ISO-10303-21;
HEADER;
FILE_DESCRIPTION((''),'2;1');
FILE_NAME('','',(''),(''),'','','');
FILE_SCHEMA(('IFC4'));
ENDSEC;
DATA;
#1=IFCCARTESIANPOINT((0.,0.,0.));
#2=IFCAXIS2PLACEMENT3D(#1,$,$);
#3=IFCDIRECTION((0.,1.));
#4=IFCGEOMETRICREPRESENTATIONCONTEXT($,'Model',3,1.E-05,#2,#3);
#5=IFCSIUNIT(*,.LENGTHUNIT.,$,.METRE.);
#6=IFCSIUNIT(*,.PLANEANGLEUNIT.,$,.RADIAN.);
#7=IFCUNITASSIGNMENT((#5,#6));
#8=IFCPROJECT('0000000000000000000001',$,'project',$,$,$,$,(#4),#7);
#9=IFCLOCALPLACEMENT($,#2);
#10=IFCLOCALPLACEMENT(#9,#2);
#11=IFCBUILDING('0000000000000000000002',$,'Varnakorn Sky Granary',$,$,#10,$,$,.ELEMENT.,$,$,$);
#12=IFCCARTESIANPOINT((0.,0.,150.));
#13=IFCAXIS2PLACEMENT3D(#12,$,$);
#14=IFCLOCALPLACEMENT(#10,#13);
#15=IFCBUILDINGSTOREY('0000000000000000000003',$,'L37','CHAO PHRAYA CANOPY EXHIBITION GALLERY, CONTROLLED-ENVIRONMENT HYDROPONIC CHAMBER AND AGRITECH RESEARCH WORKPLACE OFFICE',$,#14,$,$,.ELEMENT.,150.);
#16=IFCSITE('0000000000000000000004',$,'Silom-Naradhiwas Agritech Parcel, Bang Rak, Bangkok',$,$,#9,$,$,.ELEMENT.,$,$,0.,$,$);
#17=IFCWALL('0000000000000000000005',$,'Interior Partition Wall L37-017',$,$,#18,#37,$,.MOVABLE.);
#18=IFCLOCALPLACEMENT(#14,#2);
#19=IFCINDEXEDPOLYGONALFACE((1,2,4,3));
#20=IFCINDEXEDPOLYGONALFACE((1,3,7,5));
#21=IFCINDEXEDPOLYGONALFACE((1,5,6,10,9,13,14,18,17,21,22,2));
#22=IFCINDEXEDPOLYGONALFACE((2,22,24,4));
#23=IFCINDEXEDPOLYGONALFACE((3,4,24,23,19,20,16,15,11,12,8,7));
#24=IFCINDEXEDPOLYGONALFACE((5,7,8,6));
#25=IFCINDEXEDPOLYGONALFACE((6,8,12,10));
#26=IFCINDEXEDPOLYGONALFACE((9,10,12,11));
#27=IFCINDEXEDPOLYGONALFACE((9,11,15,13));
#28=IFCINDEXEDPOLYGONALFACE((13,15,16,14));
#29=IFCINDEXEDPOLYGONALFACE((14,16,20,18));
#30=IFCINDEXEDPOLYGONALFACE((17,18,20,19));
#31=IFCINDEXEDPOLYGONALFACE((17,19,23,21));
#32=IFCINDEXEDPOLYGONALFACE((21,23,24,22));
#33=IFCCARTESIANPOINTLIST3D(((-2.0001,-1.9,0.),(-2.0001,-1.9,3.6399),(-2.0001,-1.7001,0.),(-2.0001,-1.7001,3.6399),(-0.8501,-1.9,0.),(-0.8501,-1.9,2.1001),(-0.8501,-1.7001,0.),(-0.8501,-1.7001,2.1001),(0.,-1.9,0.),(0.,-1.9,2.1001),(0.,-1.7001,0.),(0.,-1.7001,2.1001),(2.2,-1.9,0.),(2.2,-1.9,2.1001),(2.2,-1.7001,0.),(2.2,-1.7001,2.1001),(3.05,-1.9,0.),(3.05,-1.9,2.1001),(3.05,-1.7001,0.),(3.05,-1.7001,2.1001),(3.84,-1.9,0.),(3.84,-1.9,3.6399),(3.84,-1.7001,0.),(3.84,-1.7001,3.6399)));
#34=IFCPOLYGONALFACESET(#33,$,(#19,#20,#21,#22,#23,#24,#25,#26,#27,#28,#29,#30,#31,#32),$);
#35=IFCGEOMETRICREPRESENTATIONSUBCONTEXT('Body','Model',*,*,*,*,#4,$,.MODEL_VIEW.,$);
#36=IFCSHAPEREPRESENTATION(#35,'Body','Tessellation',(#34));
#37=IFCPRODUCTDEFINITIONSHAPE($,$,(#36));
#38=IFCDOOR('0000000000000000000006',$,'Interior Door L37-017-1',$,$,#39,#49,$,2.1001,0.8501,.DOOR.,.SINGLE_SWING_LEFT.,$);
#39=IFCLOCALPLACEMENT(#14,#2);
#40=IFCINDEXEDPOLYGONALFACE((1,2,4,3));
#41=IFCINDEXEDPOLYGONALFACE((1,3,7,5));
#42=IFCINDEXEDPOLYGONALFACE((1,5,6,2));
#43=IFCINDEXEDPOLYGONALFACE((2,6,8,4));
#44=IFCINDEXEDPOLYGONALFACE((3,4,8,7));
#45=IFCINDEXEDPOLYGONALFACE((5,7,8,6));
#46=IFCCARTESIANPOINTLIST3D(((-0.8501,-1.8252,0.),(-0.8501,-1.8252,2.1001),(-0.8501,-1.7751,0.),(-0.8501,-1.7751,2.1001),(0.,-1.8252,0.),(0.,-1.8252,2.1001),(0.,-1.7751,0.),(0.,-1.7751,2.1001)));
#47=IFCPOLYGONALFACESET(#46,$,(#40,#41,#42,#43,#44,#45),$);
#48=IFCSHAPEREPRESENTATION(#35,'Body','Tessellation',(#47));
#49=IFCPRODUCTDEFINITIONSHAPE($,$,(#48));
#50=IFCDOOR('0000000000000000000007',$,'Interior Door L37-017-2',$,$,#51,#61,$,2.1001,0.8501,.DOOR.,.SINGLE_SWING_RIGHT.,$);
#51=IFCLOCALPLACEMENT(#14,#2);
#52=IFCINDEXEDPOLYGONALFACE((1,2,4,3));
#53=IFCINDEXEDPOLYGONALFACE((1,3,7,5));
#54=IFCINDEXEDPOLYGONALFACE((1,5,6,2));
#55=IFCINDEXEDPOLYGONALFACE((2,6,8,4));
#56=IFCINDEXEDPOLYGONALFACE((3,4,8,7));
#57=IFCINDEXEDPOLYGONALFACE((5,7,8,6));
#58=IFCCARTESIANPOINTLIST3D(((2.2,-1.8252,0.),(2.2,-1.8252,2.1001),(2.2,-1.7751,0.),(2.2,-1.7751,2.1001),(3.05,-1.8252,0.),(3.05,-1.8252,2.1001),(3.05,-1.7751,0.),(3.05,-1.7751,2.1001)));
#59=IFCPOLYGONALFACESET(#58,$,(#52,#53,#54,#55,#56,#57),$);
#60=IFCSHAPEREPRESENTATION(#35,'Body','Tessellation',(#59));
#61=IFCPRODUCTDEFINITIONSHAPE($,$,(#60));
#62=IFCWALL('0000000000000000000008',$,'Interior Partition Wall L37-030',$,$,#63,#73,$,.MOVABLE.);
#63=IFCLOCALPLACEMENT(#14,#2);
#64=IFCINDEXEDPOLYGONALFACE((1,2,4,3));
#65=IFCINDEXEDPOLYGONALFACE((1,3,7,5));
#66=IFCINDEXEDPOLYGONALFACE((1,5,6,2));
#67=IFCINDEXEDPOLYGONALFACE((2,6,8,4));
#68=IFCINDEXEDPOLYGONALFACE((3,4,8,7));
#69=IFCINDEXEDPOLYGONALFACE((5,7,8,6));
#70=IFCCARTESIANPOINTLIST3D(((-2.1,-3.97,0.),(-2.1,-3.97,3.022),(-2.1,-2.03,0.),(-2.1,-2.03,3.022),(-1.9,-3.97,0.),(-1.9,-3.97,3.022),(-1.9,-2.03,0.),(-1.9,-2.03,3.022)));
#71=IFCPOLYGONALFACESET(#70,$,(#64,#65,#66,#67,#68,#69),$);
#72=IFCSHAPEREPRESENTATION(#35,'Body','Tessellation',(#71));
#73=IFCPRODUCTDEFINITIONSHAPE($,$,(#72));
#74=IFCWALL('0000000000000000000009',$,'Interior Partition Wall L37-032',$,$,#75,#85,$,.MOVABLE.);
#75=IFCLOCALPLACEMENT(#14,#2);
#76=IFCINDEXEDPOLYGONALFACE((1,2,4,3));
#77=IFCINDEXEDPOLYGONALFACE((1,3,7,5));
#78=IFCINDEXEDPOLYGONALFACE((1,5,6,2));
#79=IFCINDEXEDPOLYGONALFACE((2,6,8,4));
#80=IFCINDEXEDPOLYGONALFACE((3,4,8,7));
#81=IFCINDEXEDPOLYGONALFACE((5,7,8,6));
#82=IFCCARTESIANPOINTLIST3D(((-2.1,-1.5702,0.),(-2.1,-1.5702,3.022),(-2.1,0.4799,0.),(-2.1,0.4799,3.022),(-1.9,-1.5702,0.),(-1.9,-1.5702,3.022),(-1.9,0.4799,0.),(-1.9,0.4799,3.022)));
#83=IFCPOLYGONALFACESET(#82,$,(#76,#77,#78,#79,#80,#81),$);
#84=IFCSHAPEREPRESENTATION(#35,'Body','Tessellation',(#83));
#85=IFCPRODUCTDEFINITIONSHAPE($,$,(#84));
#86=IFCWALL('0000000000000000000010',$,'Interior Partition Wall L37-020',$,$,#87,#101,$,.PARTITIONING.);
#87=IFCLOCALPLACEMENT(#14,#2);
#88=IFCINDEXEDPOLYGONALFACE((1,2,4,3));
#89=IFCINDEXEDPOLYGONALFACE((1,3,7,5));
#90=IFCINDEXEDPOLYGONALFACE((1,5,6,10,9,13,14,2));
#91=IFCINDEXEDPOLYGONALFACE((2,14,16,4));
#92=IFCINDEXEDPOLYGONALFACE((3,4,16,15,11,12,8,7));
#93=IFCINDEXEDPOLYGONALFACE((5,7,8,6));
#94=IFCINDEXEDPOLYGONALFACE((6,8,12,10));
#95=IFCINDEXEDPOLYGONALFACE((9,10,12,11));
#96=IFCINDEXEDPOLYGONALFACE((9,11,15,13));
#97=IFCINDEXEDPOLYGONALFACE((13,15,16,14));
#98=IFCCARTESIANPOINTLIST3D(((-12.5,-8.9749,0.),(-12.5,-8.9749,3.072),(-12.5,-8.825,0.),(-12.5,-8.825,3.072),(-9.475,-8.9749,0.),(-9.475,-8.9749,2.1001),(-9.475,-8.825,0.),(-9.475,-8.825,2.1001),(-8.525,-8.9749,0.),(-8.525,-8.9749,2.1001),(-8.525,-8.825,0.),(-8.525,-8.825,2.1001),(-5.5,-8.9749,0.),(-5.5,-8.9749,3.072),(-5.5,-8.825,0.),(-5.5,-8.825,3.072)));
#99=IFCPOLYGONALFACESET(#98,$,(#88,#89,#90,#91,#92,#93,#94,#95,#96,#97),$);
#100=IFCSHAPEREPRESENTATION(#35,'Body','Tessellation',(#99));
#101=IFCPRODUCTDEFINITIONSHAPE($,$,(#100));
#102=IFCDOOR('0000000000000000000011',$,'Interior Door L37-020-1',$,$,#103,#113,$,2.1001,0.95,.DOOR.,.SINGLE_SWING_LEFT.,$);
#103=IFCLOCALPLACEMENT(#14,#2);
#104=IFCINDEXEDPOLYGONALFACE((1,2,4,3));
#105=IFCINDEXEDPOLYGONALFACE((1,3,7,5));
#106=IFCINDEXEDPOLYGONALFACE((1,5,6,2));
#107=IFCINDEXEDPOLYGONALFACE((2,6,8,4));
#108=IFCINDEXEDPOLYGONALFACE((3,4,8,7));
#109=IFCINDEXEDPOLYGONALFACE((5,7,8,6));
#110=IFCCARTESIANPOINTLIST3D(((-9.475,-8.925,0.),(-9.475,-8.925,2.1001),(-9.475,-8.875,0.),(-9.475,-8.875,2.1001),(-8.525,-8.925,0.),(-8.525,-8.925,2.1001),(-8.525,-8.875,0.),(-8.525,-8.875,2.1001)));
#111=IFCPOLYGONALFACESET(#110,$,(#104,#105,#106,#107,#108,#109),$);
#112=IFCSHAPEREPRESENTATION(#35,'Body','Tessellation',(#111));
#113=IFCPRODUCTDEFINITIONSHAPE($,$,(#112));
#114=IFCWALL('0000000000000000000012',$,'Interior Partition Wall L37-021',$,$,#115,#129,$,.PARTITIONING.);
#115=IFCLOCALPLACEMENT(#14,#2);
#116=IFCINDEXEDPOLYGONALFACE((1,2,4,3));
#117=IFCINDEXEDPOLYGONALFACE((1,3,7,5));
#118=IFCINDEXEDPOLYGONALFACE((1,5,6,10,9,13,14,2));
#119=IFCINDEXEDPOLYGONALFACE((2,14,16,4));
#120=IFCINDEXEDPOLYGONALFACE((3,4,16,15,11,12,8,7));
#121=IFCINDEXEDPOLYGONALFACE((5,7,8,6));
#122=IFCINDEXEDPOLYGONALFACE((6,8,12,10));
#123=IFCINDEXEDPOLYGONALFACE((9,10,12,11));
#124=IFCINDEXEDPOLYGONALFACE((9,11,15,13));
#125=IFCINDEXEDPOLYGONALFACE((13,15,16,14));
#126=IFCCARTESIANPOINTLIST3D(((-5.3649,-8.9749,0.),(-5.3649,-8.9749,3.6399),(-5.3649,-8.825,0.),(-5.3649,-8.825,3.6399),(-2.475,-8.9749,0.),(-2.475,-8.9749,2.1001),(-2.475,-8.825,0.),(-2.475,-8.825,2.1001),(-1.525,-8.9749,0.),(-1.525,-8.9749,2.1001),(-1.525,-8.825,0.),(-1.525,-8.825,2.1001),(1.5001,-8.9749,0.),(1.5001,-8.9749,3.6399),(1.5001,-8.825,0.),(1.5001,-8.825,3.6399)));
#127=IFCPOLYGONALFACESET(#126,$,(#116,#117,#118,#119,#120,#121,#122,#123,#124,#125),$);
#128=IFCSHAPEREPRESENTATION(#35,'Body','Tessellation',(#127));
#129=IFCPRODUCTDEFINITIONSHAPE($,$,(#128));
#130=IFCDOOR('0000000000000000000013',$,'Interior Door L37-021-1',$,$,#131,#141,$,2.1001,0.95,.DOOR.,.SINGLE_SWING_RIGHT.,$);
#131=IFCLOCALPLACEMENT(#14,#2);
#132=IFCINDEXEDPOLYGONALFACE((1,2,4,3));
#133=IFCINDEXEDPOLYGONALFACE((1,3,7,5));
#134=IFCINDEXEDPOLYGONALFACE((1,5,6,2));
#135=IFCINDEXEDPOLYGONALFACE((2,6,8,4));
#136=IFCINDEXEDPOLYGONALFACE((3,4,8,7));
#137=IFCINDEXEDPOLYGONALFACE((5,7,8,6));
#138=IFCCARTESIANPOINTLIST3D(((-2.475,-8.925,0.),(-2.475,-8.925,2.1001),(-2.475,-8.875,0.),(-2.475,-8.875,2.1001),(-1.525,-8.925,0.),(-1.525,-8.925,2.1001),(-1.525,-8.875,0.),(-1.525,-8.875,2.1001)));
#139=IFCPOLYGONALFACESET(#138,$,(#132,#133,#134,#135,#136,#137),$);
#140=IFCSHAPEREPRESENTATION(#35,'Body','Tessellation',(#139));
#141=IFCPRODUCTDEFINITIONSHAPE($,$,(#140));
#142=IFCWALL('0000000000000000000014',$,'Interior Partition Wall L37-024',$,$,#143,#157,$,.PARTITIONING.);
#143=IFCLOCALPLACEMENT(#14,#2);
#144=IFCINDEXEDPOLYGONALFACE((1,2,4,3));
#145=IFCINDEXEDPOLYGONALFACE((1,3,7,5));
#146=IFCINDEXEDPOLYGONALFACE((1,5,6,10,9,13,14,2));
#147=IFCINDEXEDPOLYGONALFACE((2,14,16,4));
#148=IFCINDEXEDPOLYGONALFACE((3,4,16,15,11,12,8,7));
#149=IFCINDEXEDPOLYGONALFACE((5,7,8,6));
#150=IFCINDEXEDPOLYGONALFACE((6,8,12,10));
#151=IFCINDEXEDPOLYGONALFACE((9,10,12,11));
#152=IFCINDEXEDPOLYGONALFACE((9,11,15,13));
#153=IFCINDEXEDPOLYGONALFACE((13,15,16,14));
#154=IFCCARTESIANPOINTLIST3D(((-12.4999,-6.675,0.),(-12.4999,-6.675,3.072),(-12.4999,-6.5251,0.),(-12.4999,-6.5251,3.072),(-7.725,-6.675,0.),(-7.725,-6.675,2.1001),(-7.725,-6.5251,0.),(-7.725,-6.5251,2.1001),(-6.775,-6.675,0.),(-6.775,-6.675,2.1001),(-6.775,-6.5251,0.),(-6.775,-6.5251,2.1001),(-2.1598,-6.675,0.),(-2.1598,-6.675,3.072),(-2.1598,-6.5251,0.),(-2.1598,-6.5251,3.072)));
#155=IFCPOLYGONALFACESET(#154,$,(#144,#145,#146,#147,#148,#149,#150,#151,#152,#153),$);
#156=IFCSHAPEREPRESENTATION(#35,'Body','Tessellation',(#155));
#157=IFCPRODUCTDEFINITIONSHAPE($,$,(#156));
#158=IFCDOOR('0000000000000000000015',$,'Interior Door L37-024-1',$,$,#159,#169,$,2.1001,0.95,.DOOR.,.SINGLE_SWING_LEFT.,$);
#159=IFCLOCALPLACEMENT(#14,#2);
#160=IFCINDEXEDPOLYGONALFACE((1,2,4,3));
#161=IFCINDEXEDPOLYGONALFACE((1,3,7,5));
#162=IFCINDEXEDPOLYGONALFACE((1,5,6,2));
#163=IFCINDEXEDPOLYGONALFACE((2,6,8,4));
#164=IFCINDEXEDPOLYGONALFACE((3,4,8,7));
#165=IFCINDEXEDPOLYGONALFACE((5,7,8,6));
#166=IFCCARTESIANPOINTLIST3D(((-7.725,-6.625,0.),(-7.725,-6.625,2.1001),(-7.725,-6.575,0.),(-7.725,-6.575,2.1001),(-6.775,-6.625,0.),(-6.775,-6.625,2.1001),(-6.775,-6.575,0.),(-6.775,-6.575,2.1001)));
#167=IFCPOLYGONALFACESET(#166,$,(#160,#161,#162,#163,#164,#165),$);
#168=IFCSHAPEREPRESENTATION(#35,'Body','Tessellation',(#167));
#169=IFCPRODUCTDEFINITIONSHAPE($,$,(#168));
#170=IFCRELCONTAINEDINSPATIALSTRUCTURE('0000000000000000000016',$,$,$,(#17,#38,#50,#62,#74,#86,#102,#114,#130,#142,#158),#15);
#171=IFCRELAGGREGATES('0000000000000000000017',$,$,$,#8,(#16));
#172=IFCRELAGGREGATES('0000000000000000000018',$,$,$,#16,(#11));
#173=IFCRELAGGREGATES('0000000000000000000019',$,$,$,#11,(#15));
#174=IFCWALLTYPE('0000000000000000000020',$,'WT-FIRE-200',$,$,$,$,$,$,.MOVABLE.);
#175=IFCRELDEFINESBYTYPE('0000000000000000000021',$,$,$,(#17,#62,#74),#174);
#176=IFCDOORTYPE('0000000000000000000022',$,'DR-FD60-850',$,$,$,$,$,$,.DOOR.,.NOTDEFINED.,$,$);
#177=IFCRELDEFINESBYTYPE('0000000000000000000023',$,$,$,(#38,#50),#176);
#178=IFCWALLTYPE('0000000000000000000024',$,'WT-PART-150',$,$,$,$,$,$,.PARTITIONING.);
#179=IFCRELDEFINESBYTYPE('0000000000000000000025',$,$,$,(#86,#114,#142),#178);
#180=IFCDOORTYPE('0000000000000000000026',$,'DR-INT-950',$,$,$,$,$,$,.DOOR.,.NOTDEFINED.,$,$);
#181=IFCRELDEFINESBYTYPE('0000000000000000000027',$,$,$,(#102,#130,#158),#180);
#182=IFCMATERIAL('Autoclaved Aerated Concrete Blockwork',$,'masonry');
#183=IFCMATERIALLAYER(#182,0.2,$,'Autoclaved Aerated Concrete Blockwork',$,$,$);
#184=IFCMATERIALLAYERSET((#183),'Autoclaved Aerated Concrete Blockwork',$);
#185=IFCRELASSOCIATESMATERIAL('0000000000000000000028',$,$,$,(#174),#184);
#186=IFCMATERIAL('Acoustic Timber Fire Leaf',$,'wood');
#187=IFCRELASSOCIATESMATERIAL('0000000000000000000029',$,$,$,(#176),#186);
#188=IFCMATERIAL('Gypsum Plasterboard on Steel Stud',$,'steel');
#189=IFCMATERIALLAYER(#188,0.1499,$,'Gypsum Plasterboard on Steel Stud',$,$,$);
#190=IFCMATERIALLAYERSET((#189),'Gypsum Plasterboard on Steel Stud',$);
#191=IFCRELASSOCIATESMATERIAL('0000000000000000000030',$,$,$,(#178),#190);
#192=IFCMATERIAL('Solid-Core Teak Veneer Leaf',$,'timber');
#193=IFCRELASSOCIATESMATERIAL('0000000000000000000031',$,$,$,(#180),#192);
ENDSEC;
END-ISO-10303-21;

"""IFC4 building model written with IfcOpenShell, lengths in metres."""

from ifc_helpers import new_model, si_unit, direction, frame, frame_2d, origin, place, context, subcontext, project, spatial, rectangle, extrude, material, layer, layer_set, type_object, element, fill, save


model = new_model("IFC4")

# Units and contexts
model_context = context("Model", 3, precision=1e-05, world=origin(), true_north=direction((0.0, 1.0)))
body_context = subcontext(model_context, "Body", "Model", "MODEL_VIEW")
ifc_project = project(units=[si_unit("LENGTHUNIT", "METRE"), si_unit("PLANEANGLEUNIT", "RADIAN")], contexts=[model_context])

# Site, building, storey
site_placement = place(None, origin())
site = spatial("IfcSite", under=ifc_project, at=site_placement, Name="Silom-Naradhiwas Agritech Parcel, Bang Rak, Bangkok", CompositionType="ELEMENT", RefElevation=0.0)
building_placement = place(site_placement, origin())
building = spatial("IfcBuilding", under=site, at=building_placement, Name="Varnakorn Sky Granary", CompositionType="ELEMENT")
storey_placement = place(building_placement, frame((0.0, 0.0, 150.0)))
storey = spatial("IfcBuildingStorey", under=building, at=storey_placement, Name="L37", Description="CHAO PHRAYA CANOPY EXHIBITION GALLERY, CONTROLLED-ENVIRONMENT HYDROPONIC CHAMBER AND AGRITECH RESEARCH WORKPLACE OFFICE", CompositionType="ELEMENT", Elevation=150.0)

# Wall, openings, doors
ifc_material_1 = material(Name="Autoclaved Aerated Concrete Blockwork", Category="masonry")
ifc_layer_1 = layer(ifc_material_1, 0.2, Name="Autoclaved Aerated Concrete Blockwork")
ifc_layer_set_1 = layer_set([ifc_layer_1], Name="Autoclaved Aerated Concrete Blockwork")
wall_type_1 = type_object("IfcWallType", Name="WT-FIRE-200", PredefinedType="MOVABLE", material=ifc_layer_set_1)
wall_1_placement = place(storey_placement, frame((-2.0, -1.8, 0.0), z_axis=(0.0, 0.0, 1.0), x_axis=(1.0, 0.0, 0.0)))
wall_1 = element("IfcWall", 1, at=wall_1_placement, inside=storey, type_object=wall_type_1, Name="Interior Partition Wall L37-017", PredefinedType="MOVABLE", context=body_context, shape_type="SweptSolid", body=[
    extrude(rectangle(XDim=5.8401, YDim=0.2, at=frame_2d((2.9199, 0.0))), origin(), (0.0, 0.0, 1.0), 3.6399),
])
opening_1_placement = place(wall_1_placement, frame((1.1499, 0.0, 0.0)))
opening_1 = element("IfcOpeningElement", 2, at=opening_1_placement, cuts=wall_1, PredefinedType="OPENING", context=body_context, shape_type="SweptSolid", body=[
    extrude(rectangle(XDim=0.8501, YDim=2.1001, at=frame_2d((0.425, 1.05))), frame((0.0, 0.1099, 0.0), z_axis=(0.0, -1.0, 0.0), x_axis=(1.0, 0.0, 0.0)), (0.0, 0.0, 1.0), 0.22),
])
opening_2_placement = place(wall_1_placement, frame((4.2, 0.0, 0.0)))
opening_2 = element("IfcOpeningElement", 3, at=opening_2_placement, cuts=wall_1, PredefinedType="OPENING", context=body_context, shape_type="SweptSolid", body=[
    extrude(rectangle(XDim=0.8501, YDim=2.1001, at=frame_2d((0.425, 1.05))), frame((0.0, 0.1099, 0.0), z_axis=(0.0, -1.0, 0.0), x_axis=(1.0, 0.0, 0.0)), (0.0, 0.0, 1.0), 0.22),
])
ifc_material_2 = material(Name="Acoustic Timber Fire Leaf", Category="wood")
door_type_1 = type_object("IfcDoorType", Name="DR-FD60-850", OperationType="NOTDEFINED", PredefinedType="DOOR", material=ifc_material_2)
door_1_placement = place(opening_1_placement, origin())
door_1 = element("IfcDoor", 4, at=door_1_placement, inside=storey, type_object=door_type_1, Name="Interior Door L37-017-1", OperationType="SINGLE_SWING_LEFT", OverallHeight=2.1001, OverallWidth=0.8501, PredefinedType="DOOR", context=body_context, shape_type="SweptSolid", body=[
    extrude(rectangle(XDim=0.8501, YDim=2.1001, at=frame_2d((0.425, 1.05))), frame((0.0, 0.0249, 0.0), z_axis=(0.0, -1.0, 0.0), x_axis=(1.0, 0.0, 0.0)), (0.0, 0.0, 1.0), 0.05),
])
fill(opening_1, door_1)
door_2_placement = place(opening_2_placement, origin())
door_2 = element("IfcDoor", 5, at=door_2_placement, inside=storey, type_object=door_type_1, Name="Interior Door L37-017-2", OperationType="SINGLE_SWING_RIGHT", OverallHeight=2.1001, OverallWidth=0.8501, PredefinedType="DOOR", context=body_context, shape_type="SweptSolid", body=[
    extrude(rectangle(XDim=0.8501, YDim=2.1001, at=frame_2d((0.425, 1.05))), frame((0.0, 0.0249, 0.0), z_axis=(0.0, -1.0, 0.0), x_axis=(1.0, 0.0, 0.0)), (0.0, 0.0, 1.0), 0.05),
])
fill(opening_2, door_2)

# Walls
wall_2_placement = place(storey_placement, frame((-2.0, -3.97, 0.0), z_axis=(0.0, 0.0, 1.0), x_axis=(0.0, 1.0, 0.0)))
element("IfcWall", 6, at=wall_2_placement, inside=storey, type_object=wall_type_1, Name="Interior Partition Wall L37-030", PredefinedType="MOVABLE", context=body_context, shape_type="SweptSolid", body=[
    extrude(rectangle(XDim=1.9399, YDim=0.2, at=frame_2d((0.97, 0.0))), origin(), (0.0, 0.0, 1.0), 3.022),
])
wall_3_placement = place(storey_placement, frame((-2.0, -1.5701, 0.0), z_axis=(0.0, 0.0, 1.0), x_axis=(0.0, 1.0, 0.0)))
element("IfcWall", 7, at=wall_3_placement, inside=storey, type_object=wall_type_1, Name="Interior Partition Wall L37-032", PredefinedType="MOVABLE", context=body_context, shape_type="SweptSolid", body=[
    extrude(rectangle(XDim=2.05, YDim=0.2, at=frame_2d((1.0249, 0.0))), origin(), (0.0, 0.0, 1.0), 3.022),
])

# Walls, openings, doors
ifc_material_3 = material(Name="Gypsum Plasterboard on Steel Stud", Category="steel")
ifc_layer_2 = layer(ifc_material_3, 0.1499, Name="Gypsum Plasterboard on Steel Stud")
ifc_layer_set_2 = layer_set([ifc_layer_2], Name="Gypsum Plasterboard on Steel Stud")
wall_type_2 = type_object("IfcWallType", Name="WT-PART-150", PredefinedType="PARTITIONING", material=ifc_layer_set_2)
wall_4_placement = place(storey_placement, frame((-12.5, -8.8999, 0.0), z_axis=(0.0, 0.0, 1.0), x_axis=(1.0, 0.0, 0.0)))
wall_4 = element("IfcWall", 8, at=wall_4_placement, inside=storey, type_object=wall_type_2, Name="Interior Partition Wall L37-020", PredefinedType="PARTITIONING", context=body_context, shape_type="SweptSolid", body=[
    extrude(rectangle(XDim=7.0, YDim=0.1499, at=frame_2d((3.5, 0.0))), origin(), (0.0, 0.0, 1.0), 3.072),
])
opening_3_placement = place(wall_4_placement, frame((3.0249, 0.0, 0.0)))
opening_3 = element("IfcOpeningElement", 9, at=opening_3_placement, cuts=wall_4, PredefinedType="OPENING", context=body_context, shape_type="SweptSolid", body=[
    extrude(rectangle(XDim=0.95, YDim=2.1001, at=frame_2d((0.4751, 1.05))), frame((0.0, 0.085, 0.0), z_axis=(0.0, -1.0, 0.0), x_axis=(1.0, 0.0, 0.0)), (0.0, 0.0, 1.0), 0.1699),
])
ifc_material_4 = material(Name="Solid-Core Teak Veneer Leaf", Category="timber")
door_type_2 = type_object("IfcDoorType", Name="DR-INT-950", OperationType="NOTDEFINED", PredefinedType="DOOR", material=ifc_material_4)
door_3_placement = place(opening_3_placement, origin())
door_3 = element("IfcDoor", 10, at=door_3_placement, inside=storey, type_object=door_type_2, Name="Interior Door L37-020-1", OperationType="SINGLE_SWING_LEFT", OverallHeight=2.1001, OverallWidth=0.95, PredefinedType="DOOR", context=body_context, shape_type="SweptSolid", body=[
    extrude(rectangle(XDim=0.95, YDim=2.1001, at=frame_2d((0.4751, 1.05))), frame((0.0, 0.0249, 0.0), z_axis=(0.0, -1.0, 0.0), x_axis=(1.0, 0.0, 0.0)), (0.0, 0.0, 1.0), 0.05),
])
fill(opening_3, door_3)
wall_5_placement = place(storey_placement, frame((-5.365, -8.8999, 0.0), z_axis=(0.0, 0.0, 1.0), x_axis=(1.0, 0.0, 0.0)))
wall_5 = element("IfcWall", 11, at=wall_5_placement, inside=storey, type_object=wall_type_2, Name="Interior Partition Wall L37-021", PredefinedType="PARTITIONING", context=body_context, shape_type="SweptSolid", body=[
    extrude(rectangle(XDim=6.865, YDim=0.1499, at=frame_2d((3.4326, 0.0))), origin(), (0.0, 0.0, 1.0), 3.6399),
])
opening_4_placement = place(wall_5_placement, frame((2.8899, 0.0, 0.0)))
opening_4 = element("IfcOpeningElement", 12, at=opening_4_placement, cuts=wall_5, PredefinedType="OPENING", context=body_context, shape_type="SweptSolid", body=[
    extrude(rectangle(XDim=0.95, YDim=2.1001, at=frame_2d((0.4751, 1.05))), frame((0.0, 0.085, 0.0), z_axis=(0.0, -1.0, 0.0), x_axis=(1.0, 0.0, 0.0)), (0.0, 0.0, 1.0), 0.1699),
])
door_4_placement = place(opening_4_placement, origin())
door_4 = element("IfcDoor", 13, at=door_4_placement, inside=storey, type_object=door_type_2, Name="Interior Door L37-021-1", OperationType="SINGLE_SWING_RIGHT", OverallHeight=2.1001, OverallWidth=0.95, PredefinedType="DOOR", context=body_context, shape_type="SweptSolid", body=[
    extrude(rectangle(XDim=0.95, YDim=2.1001, at=frame_2d((0.4751, 1.05))), frame((0.0, 0.0249, 0.0), z_axis=(0.0, -1.0, 0.0), x_axis=(1.0, 0.0, 0.0)), (0.0, 0.0, 1.0), 0.05),
])
fill(opening_4, door_4)
wall_6_placement = place(storey_placement, frame((-2.1599, -6.6001, 0.0), z_axis=(0.0, 0.0, 1.0), x_axis=(-1.0, 0.0, 0.0)))
wall_6 = element("IfcWall", 14, at=wall_6_placement, inside=storey, type_object=wall_type_2, Name="Interior Partition Wall L37-024", PredefinedType="PARTITIONING", context=body_context, shape_type="SweptSolid", body=[
    extrude(rectangle(XDim=10.3401, YDim=0.1499, at=frame_2d((5.1699, 0.0))), origin(), (0.0, 0.0, 1.0), 3.072),
])
opening_5_placement = place(wall_6_placement, frame((4.615, 0.0, 0.0)))
opening_5 = element("IfcOpeningElement", 15, at=opening_5_placement, cuts=wall_6, PredefinedType="OPENING", context=body_context, shape_type="SweptSolid", body=[
    extrude(rectangle(XDim=0.95, YDim=2.1001, at=frame_2d((0.4751, 1.05))), frame((0.0, 0.085, 0.0), z_axis=(0.0, -1.0, 0.0), x_axis=(1.0, 0.0, 0.0)), (0.0, 0.0, 1.0), 0.1699),
])
door_5_placement = place(opening_5_placement, origin())
door_5 = element("IfcDoor", 16, at=door_5_placement, inside=storey, type_object=door_type_2, Name="Interior Door L37-024-1", OperationType="SINGLE_SWING_LEFT", OverallHeight=2.1001, OverallWidth=0.95, PredefinedType="DOOR", context=body_context, shape_type="SweptSolid", body=[
    extrude(rectangle(XDim=0.95, YDim=2.1001, at=frame_2d((0.4751, 1.05))), frame((0.0, 0.0249, 0.0), z_axis=(0.0, -1.0, 0.0), x_axis=(1.0, 0.0, 0.0)), (0.0, 0.0, 1.0), 0.05),
])
fill(opening_5, door_5)

save(model, "model.ifc")
